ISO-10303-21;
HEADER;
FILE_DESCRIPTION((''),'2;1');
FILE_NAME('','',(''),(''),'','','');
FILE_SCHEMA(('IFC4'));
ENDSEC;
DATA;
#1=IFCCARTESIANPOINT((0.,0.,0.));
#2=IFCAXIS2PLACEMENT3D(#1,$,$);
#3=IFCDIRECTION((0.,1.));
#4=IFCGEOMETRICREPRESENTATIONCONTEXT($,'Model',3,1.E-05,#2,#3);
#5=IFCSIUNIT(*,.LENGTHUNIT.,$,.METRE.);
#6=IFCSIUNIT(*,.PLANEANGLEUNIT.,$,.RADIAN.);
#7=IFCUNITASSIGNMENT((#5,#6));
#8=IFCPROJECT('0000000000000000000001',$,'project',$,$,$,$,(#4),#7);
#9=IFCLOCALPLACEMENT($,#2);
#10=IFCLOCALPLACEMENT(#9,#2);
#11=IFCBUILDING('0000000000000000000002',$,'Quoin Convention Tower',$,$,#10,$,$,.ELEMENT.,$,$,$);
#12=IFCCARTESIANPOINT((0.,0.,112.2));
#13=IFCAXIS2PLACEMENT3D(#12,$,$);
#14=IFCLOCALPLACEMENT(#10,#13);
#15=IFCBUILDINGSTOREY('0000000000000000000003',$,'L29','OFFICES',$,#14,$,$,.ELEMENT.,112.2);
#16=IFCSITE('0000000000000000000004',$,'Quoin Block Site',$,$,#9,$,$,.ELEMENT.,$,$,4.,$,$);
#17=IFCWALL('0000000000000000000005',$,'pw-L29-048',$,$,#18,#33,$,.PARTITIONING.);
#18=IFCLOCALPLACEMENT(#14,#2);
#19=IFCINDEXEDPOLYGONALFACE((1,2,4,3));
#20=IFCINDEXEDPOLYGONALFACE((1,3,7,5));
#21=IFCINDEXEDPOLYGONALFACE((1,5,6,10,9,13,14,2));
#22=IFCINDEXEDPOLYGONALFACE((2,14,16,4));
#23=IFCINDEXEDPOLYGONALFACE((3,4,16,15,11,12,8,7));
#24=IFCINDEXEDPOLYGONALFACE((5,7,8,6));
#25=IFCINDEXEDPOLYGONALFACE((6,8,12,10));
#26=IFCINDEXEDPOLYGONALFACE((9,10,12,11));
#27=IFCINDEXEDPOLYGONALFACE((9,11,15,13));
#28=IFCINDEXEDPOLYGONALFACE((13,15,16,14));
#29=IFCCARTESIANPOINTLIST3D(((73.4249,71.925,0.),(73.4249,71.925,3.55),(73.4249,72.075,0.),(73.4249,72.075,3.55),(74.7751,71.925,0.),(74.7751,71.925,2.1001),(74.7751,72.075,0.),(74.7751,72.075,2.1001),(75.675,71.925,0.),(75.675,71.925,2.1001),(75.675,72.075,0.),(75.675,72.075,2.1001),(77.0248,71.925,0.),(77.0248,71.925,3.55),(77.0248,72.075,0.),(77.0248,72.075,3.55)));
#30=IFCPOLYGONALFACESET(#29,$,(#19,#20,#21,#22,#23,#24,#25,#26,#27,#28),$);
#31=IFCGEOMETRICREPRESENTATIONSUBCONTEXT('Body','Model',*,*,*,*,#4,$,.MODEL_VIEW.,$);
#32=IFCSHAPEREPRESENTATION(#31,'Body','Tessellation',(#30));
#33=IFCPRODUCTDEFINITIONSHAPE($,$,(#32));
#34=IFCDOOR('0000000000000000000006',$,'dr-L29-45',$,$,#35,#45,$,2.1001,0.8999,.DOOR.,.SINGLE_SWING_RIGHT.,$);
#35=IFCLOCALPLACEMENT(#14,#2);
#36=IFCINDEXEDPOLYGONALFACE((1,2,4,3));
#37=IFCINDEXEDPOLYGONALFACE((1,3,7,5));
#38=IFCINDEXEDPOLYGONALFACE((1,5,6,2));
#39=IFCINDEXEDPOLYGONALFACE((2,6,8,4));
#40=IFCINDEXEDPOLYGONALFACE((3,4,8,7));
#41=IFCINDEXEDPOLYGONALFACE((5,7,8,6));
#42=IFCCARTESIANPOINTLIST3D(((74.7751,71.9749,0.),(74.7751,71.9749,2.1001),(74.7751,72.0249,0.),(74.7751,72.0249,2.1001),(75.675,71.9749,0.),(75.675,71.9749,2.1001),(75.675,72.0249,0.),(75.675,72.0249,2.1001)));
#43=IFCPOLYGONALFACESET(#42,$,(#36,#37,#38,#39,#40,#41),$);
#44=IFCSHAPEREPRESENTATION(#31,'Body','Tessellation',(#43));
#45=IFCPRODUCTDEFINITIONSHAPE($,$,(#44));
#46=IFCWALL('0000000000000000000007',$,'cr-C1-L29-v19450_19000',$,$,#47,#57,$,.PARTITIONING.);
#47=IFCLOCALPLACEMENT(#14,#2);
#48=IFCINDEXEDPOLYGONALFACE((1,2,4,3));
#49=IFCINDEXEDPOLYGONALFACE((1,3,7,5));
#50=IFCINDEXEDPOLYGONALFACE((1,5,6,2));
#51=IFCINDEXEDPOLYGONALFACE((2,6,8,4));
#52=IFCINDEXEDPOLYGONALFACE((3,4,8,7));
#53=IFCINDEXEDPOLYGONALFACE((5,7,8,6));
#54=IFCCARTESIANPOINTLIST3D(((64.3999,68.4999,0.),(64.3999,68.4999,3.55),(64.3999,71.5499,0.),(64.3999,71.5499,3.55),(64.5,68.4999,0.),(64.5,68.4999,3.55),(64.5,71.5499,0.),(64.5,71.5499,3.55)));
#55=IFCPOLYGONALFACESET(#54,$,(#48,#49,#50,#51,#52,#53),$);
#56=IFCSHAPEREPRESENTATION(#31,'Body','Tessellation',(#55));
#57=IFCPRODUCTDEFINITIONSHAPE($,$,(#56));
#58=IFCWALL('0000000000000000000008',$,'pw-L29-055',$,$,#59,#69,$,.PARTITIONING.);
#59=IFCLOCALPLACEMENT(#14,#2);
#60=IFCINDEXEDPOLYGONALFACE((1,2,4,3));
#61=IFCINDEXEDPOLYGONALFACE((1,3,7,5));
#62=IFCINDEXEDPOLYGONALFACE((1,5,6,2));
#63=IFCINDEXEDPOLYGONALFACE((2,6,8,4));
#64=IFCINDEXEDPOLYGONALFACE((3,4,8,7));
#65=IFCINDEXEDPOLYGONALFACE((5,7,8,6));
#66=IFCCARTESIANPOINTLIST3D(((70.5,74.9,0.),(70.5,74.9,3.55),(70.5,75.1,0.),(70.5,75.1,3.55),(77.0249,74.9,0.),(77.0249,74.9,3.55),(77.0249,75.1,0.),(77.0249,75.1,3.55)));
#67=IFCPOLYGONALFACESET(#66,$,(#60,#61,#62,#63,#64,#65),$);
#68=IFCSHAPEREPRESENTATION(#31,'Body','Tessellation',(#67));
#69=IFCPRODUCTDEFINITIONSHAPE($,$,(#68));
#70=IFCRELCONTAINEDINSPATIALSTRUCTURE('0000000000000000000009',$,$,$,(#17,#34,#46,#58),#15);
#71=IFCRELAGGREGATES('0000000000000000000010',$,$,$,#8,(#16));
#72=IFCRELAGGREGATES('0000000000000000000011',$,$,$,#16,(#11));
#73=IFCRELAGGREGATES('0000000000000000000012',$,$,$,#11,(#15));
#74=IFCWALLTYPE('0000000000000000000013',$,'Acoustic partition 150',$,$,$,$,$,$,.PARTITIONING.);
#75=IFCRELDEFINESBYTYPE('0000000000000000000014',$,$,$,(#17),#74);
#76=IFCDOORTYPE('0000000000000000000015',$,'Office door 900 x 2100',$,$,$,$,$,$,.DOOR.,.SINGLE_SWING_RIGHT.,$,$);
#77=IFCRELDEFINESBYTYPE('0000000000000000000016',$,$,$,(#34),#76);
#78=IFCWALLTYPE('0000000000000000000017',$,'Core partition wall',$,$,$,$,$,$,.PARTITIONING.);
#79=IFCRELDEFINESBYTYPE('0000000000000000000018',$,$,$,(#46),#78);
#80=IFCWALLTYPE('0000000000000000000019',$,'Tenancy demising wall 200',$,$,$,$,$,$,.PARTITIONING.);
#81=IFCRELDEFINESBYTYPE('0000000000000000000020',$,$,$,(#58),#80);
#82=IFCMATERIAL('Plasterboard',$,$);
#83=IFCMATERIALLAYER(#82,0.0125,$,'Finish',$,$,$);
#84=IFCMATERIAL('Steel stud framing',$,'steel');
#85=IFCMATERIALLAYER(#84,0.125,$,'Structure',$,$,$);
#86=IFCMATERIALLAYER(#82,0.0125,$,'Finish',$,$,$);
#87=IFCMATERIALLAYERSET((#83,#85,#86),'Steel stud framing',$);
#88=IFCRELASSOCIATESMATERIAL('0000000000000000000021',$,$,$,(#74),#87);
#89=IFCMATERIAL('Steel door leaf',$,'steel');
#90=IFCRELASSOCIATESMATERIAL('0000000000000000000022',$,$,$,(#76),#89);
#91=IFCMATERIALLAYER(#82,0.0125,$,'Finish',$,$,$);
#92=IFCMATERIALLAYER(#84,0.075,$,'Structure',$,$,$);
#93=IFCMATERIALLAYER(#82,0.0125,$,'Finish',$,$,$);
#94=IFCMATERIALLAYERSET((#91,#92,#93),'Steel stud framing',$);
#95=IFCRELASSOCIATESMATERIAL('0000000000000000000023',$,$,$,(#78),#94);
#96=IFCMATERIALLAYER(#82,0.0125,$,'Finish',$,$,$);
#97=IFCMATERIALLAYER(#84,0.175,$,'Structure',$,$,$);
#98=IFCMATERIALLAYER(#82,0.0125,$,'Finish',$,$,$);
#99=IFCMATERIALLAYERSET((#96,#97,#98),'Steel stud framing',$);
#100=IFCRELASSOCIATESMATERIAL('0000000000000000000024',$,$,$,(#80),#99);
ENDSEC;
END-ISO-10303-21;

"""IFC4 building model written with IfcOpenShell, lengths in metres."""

from ifc_helpers import new_model, si_unit, direction, frame, frame_2d, origin, place, context, subcontext, project, spatial, rectangle, extrude, material, layer, layer_set, type_object, element, fill, save


model = new_model("IFC4")

# Units and contexts
model_context = context("Model", 3, precision=1e-05, world=origin(), true_north=direction((0.0, 1.0)))
body_context = subcontext(model_context, "Body", "Model", "MODEL_VIEW")
ifc_project = project(units=[si_unit("LENGTHUNIT", "METRE"), si_unit("PLANEANGLEUNIT", "RADIAN")], contexts=[model_context])

# Site, building, storey
site_placement = place(None, origin())
site = spatial("IfcSite", under=ifc_project, at=site_placement, Name="Quoin Block Site", CompositionType="ELEMENT", RefElevation=4.0)
building_placement = place(site_placement, origin())
building = spatial("IfcBuilding", under=site, at=building_placement, Name="Quoin Convention Tower", CompositionType="ELEMENT")
storey_placement = place(building_placement, frame((0.0, 0.0, 112.2)))
storey = spatial("IfcBuildingStorey", under=building, at=storey_placement, Name="L29", Description="OFFICES", CompositionType="ELEMENT", Elevation=112.2)

# Shared definitions
ifc_material_1 = material(Name="Plasterboard")
ifc_layer_1 = layer(ifc_material_1, 0.0125, Name="Finish")
ifc_material_2 = material(Name="Steel stud framing", Category="steel")
ifc_layer_2 = layer(ifc_material_2, 0.125, Name="Structure")
ifc_layer_3 = layer(ifc_material_1, 0.0125, Name="Finish")
ifc_layer_set_1 = layer_set([ifc_layer_1, ifc_layer_2, ifc_layer_3], Name="Steel stud framing")
wall_type_1 = type_object("IfcWallType", Name="Acoustic partition 150", PredefinedType="PARTITIONING", material=ifc_layer_set_1)

# Wall, opening, door
wall_1_placement = place(storey_placement, frame((73.425, 72.0, 0.0), z_axis=(0.0, 0.0, 1.0), x_axis=(1.0, 0.0, 0.0)))
wall_1 = element("IfcWall", 1, at=wall_1_placement, inside=storey, type_object=wall_type_1, Name="pw-L29-048", PredefinedType="PARTITIONING", context=body_context, shape_type="SweptSolid", body=[
    extrude(rectangle(XDim=3.5999, YDim=0.1499, at=frame_2d((1.7998, 0.0))), origin(), (0.0, 0.0, 1.0), 3.55),
])
opening_placement = place(wall_1_placement, frame((1.3501, 0.0, 0.0)))
opening = element("IfcOpeningElement", 2, at=opening_placement, cuts=wall_1, PredefinedType="OPENING", context=body_context, shape_type="SweptSolid", body=[
    extrude(rectangle(XDim=0.8999, YDim=2.1001, at=frame_2d((0.45, 1.05))), frame((0.0, 0.085, 0.0), z_axis=(0.0, -1.0, 0.0), x_axis=(1.0, 0.0, 0.0)), (0.0, 0.0, 1.0), 0.1699),
])
ifc_material_3 = material(Name="Steel door leaf", Category="steel")
door_type = type_object("IfcDoorType", Name="Office door 900 x 2100", OperationType="SINGLE_SWING_RIGHT", PredefinedType="DOOR", material=ifc_material_3)
door_placement = place(opening_placement, origin())
door = element("IfcDoor", 3, at=door_placement, inside=storey, type_object=door_type, Name="dr-L29-45", OperationType="SINGLE_SWING_RIGHT", OverallHeight=2.1001, OverallWidth=0.8999, PredefinedType="DOOR", context=body_context, shape_type="SweptSolid", body=[
    extrude(rectangle(XDim=0.8999, YDim=2.1001, at=frame_2d((0.45, 1.05))), frame((0.0, 0.0249, 0.0), z_axis=(0.0, -1.0, 0.0), x_axis=(1.0, 0.0, 0.0)), (0.0, 0.0, 1.0), 0.05),
])
fill(opening, door)

# Walls
ifc_layer_4 = layer(ifc_material_1, 0.0125, Name="Finish")
ifc_layer_5 = layer(ifc_material_2, 0.075, Name="Structure")
ifc_layer_6 = layer(ifc_material_1, 0.0125, Name="Finish")
ifc_layer_set_2 = layer_set([ifc_layer_4, ifc_layer_5, ifc_layer_6], Name="Steel stud framing")
wall_type_2 = type_object("IfcWallType", Name="Core partition wall", PredefinedType="PARTITIONING", material=ifc_layer_set_2)
wall_2_placement = place(storey_placement, frame((64.45, 68.5, 0.0), z_axis=(0.0, 0.0, 1.0), x_axis=(0.0, 1.0, 0.0)))
element("IfcWall", 4, at=wall_2_placement, inside=storey, type_object=wall_type_2, Name="cr-C1-L29-v19450_19000", PredefinedType="PARTITIONING", context=body_context, shape_type="SweptSolid", body=[
    extrude(rectangle(XDim=3.05, YDim=0.1001, at=frame_2d((1.5249, 0.0))), origin(), (0.0, 0.0, 1.0), 3.55),
])
ifc_layer_7 = layer(ifc_material_1, 0.0125, Name="Finish")
ifc_layer_8 = layer(ifc_material_2, 0.175, Name="Structure")
ifc_layer_9 = layer(ifc_material_1, 0.0125, Name="Finish")
ifc_layer_set_3 = layer_set([ifc_layer_7, ifc_layer_8, ifc_layer_9], Name="Steel stud framing")
wall_type_3 = type_object("IfcWallType", Name="Tenancy demising wall 200", PredefinedType="PARTITIONING", material=ifc_layer_set_3)
wall_3_placement = place(storey_placement, frame((70.5, 75.0, 0.0), z_axis=(0.0, 0.0, 1.0), x_axis=(1.0, 0.0, 0.0)))
element("IfcWall", 5, at=wall_3_placement, inside=storey, type_object=wall_type_3, Name="pw-L29-055", PredefinedType="PARTITIONING", context=body_context, shape_type="SweptSolid", body=[
    extrude(rectangle(XDim=6.5249, YDim=0.2, at=frame_2d((3.2625, 0.0))), origin(), (0.0, 0.0, 1.0), 3.55),
])

save(model, "model.ifc")
